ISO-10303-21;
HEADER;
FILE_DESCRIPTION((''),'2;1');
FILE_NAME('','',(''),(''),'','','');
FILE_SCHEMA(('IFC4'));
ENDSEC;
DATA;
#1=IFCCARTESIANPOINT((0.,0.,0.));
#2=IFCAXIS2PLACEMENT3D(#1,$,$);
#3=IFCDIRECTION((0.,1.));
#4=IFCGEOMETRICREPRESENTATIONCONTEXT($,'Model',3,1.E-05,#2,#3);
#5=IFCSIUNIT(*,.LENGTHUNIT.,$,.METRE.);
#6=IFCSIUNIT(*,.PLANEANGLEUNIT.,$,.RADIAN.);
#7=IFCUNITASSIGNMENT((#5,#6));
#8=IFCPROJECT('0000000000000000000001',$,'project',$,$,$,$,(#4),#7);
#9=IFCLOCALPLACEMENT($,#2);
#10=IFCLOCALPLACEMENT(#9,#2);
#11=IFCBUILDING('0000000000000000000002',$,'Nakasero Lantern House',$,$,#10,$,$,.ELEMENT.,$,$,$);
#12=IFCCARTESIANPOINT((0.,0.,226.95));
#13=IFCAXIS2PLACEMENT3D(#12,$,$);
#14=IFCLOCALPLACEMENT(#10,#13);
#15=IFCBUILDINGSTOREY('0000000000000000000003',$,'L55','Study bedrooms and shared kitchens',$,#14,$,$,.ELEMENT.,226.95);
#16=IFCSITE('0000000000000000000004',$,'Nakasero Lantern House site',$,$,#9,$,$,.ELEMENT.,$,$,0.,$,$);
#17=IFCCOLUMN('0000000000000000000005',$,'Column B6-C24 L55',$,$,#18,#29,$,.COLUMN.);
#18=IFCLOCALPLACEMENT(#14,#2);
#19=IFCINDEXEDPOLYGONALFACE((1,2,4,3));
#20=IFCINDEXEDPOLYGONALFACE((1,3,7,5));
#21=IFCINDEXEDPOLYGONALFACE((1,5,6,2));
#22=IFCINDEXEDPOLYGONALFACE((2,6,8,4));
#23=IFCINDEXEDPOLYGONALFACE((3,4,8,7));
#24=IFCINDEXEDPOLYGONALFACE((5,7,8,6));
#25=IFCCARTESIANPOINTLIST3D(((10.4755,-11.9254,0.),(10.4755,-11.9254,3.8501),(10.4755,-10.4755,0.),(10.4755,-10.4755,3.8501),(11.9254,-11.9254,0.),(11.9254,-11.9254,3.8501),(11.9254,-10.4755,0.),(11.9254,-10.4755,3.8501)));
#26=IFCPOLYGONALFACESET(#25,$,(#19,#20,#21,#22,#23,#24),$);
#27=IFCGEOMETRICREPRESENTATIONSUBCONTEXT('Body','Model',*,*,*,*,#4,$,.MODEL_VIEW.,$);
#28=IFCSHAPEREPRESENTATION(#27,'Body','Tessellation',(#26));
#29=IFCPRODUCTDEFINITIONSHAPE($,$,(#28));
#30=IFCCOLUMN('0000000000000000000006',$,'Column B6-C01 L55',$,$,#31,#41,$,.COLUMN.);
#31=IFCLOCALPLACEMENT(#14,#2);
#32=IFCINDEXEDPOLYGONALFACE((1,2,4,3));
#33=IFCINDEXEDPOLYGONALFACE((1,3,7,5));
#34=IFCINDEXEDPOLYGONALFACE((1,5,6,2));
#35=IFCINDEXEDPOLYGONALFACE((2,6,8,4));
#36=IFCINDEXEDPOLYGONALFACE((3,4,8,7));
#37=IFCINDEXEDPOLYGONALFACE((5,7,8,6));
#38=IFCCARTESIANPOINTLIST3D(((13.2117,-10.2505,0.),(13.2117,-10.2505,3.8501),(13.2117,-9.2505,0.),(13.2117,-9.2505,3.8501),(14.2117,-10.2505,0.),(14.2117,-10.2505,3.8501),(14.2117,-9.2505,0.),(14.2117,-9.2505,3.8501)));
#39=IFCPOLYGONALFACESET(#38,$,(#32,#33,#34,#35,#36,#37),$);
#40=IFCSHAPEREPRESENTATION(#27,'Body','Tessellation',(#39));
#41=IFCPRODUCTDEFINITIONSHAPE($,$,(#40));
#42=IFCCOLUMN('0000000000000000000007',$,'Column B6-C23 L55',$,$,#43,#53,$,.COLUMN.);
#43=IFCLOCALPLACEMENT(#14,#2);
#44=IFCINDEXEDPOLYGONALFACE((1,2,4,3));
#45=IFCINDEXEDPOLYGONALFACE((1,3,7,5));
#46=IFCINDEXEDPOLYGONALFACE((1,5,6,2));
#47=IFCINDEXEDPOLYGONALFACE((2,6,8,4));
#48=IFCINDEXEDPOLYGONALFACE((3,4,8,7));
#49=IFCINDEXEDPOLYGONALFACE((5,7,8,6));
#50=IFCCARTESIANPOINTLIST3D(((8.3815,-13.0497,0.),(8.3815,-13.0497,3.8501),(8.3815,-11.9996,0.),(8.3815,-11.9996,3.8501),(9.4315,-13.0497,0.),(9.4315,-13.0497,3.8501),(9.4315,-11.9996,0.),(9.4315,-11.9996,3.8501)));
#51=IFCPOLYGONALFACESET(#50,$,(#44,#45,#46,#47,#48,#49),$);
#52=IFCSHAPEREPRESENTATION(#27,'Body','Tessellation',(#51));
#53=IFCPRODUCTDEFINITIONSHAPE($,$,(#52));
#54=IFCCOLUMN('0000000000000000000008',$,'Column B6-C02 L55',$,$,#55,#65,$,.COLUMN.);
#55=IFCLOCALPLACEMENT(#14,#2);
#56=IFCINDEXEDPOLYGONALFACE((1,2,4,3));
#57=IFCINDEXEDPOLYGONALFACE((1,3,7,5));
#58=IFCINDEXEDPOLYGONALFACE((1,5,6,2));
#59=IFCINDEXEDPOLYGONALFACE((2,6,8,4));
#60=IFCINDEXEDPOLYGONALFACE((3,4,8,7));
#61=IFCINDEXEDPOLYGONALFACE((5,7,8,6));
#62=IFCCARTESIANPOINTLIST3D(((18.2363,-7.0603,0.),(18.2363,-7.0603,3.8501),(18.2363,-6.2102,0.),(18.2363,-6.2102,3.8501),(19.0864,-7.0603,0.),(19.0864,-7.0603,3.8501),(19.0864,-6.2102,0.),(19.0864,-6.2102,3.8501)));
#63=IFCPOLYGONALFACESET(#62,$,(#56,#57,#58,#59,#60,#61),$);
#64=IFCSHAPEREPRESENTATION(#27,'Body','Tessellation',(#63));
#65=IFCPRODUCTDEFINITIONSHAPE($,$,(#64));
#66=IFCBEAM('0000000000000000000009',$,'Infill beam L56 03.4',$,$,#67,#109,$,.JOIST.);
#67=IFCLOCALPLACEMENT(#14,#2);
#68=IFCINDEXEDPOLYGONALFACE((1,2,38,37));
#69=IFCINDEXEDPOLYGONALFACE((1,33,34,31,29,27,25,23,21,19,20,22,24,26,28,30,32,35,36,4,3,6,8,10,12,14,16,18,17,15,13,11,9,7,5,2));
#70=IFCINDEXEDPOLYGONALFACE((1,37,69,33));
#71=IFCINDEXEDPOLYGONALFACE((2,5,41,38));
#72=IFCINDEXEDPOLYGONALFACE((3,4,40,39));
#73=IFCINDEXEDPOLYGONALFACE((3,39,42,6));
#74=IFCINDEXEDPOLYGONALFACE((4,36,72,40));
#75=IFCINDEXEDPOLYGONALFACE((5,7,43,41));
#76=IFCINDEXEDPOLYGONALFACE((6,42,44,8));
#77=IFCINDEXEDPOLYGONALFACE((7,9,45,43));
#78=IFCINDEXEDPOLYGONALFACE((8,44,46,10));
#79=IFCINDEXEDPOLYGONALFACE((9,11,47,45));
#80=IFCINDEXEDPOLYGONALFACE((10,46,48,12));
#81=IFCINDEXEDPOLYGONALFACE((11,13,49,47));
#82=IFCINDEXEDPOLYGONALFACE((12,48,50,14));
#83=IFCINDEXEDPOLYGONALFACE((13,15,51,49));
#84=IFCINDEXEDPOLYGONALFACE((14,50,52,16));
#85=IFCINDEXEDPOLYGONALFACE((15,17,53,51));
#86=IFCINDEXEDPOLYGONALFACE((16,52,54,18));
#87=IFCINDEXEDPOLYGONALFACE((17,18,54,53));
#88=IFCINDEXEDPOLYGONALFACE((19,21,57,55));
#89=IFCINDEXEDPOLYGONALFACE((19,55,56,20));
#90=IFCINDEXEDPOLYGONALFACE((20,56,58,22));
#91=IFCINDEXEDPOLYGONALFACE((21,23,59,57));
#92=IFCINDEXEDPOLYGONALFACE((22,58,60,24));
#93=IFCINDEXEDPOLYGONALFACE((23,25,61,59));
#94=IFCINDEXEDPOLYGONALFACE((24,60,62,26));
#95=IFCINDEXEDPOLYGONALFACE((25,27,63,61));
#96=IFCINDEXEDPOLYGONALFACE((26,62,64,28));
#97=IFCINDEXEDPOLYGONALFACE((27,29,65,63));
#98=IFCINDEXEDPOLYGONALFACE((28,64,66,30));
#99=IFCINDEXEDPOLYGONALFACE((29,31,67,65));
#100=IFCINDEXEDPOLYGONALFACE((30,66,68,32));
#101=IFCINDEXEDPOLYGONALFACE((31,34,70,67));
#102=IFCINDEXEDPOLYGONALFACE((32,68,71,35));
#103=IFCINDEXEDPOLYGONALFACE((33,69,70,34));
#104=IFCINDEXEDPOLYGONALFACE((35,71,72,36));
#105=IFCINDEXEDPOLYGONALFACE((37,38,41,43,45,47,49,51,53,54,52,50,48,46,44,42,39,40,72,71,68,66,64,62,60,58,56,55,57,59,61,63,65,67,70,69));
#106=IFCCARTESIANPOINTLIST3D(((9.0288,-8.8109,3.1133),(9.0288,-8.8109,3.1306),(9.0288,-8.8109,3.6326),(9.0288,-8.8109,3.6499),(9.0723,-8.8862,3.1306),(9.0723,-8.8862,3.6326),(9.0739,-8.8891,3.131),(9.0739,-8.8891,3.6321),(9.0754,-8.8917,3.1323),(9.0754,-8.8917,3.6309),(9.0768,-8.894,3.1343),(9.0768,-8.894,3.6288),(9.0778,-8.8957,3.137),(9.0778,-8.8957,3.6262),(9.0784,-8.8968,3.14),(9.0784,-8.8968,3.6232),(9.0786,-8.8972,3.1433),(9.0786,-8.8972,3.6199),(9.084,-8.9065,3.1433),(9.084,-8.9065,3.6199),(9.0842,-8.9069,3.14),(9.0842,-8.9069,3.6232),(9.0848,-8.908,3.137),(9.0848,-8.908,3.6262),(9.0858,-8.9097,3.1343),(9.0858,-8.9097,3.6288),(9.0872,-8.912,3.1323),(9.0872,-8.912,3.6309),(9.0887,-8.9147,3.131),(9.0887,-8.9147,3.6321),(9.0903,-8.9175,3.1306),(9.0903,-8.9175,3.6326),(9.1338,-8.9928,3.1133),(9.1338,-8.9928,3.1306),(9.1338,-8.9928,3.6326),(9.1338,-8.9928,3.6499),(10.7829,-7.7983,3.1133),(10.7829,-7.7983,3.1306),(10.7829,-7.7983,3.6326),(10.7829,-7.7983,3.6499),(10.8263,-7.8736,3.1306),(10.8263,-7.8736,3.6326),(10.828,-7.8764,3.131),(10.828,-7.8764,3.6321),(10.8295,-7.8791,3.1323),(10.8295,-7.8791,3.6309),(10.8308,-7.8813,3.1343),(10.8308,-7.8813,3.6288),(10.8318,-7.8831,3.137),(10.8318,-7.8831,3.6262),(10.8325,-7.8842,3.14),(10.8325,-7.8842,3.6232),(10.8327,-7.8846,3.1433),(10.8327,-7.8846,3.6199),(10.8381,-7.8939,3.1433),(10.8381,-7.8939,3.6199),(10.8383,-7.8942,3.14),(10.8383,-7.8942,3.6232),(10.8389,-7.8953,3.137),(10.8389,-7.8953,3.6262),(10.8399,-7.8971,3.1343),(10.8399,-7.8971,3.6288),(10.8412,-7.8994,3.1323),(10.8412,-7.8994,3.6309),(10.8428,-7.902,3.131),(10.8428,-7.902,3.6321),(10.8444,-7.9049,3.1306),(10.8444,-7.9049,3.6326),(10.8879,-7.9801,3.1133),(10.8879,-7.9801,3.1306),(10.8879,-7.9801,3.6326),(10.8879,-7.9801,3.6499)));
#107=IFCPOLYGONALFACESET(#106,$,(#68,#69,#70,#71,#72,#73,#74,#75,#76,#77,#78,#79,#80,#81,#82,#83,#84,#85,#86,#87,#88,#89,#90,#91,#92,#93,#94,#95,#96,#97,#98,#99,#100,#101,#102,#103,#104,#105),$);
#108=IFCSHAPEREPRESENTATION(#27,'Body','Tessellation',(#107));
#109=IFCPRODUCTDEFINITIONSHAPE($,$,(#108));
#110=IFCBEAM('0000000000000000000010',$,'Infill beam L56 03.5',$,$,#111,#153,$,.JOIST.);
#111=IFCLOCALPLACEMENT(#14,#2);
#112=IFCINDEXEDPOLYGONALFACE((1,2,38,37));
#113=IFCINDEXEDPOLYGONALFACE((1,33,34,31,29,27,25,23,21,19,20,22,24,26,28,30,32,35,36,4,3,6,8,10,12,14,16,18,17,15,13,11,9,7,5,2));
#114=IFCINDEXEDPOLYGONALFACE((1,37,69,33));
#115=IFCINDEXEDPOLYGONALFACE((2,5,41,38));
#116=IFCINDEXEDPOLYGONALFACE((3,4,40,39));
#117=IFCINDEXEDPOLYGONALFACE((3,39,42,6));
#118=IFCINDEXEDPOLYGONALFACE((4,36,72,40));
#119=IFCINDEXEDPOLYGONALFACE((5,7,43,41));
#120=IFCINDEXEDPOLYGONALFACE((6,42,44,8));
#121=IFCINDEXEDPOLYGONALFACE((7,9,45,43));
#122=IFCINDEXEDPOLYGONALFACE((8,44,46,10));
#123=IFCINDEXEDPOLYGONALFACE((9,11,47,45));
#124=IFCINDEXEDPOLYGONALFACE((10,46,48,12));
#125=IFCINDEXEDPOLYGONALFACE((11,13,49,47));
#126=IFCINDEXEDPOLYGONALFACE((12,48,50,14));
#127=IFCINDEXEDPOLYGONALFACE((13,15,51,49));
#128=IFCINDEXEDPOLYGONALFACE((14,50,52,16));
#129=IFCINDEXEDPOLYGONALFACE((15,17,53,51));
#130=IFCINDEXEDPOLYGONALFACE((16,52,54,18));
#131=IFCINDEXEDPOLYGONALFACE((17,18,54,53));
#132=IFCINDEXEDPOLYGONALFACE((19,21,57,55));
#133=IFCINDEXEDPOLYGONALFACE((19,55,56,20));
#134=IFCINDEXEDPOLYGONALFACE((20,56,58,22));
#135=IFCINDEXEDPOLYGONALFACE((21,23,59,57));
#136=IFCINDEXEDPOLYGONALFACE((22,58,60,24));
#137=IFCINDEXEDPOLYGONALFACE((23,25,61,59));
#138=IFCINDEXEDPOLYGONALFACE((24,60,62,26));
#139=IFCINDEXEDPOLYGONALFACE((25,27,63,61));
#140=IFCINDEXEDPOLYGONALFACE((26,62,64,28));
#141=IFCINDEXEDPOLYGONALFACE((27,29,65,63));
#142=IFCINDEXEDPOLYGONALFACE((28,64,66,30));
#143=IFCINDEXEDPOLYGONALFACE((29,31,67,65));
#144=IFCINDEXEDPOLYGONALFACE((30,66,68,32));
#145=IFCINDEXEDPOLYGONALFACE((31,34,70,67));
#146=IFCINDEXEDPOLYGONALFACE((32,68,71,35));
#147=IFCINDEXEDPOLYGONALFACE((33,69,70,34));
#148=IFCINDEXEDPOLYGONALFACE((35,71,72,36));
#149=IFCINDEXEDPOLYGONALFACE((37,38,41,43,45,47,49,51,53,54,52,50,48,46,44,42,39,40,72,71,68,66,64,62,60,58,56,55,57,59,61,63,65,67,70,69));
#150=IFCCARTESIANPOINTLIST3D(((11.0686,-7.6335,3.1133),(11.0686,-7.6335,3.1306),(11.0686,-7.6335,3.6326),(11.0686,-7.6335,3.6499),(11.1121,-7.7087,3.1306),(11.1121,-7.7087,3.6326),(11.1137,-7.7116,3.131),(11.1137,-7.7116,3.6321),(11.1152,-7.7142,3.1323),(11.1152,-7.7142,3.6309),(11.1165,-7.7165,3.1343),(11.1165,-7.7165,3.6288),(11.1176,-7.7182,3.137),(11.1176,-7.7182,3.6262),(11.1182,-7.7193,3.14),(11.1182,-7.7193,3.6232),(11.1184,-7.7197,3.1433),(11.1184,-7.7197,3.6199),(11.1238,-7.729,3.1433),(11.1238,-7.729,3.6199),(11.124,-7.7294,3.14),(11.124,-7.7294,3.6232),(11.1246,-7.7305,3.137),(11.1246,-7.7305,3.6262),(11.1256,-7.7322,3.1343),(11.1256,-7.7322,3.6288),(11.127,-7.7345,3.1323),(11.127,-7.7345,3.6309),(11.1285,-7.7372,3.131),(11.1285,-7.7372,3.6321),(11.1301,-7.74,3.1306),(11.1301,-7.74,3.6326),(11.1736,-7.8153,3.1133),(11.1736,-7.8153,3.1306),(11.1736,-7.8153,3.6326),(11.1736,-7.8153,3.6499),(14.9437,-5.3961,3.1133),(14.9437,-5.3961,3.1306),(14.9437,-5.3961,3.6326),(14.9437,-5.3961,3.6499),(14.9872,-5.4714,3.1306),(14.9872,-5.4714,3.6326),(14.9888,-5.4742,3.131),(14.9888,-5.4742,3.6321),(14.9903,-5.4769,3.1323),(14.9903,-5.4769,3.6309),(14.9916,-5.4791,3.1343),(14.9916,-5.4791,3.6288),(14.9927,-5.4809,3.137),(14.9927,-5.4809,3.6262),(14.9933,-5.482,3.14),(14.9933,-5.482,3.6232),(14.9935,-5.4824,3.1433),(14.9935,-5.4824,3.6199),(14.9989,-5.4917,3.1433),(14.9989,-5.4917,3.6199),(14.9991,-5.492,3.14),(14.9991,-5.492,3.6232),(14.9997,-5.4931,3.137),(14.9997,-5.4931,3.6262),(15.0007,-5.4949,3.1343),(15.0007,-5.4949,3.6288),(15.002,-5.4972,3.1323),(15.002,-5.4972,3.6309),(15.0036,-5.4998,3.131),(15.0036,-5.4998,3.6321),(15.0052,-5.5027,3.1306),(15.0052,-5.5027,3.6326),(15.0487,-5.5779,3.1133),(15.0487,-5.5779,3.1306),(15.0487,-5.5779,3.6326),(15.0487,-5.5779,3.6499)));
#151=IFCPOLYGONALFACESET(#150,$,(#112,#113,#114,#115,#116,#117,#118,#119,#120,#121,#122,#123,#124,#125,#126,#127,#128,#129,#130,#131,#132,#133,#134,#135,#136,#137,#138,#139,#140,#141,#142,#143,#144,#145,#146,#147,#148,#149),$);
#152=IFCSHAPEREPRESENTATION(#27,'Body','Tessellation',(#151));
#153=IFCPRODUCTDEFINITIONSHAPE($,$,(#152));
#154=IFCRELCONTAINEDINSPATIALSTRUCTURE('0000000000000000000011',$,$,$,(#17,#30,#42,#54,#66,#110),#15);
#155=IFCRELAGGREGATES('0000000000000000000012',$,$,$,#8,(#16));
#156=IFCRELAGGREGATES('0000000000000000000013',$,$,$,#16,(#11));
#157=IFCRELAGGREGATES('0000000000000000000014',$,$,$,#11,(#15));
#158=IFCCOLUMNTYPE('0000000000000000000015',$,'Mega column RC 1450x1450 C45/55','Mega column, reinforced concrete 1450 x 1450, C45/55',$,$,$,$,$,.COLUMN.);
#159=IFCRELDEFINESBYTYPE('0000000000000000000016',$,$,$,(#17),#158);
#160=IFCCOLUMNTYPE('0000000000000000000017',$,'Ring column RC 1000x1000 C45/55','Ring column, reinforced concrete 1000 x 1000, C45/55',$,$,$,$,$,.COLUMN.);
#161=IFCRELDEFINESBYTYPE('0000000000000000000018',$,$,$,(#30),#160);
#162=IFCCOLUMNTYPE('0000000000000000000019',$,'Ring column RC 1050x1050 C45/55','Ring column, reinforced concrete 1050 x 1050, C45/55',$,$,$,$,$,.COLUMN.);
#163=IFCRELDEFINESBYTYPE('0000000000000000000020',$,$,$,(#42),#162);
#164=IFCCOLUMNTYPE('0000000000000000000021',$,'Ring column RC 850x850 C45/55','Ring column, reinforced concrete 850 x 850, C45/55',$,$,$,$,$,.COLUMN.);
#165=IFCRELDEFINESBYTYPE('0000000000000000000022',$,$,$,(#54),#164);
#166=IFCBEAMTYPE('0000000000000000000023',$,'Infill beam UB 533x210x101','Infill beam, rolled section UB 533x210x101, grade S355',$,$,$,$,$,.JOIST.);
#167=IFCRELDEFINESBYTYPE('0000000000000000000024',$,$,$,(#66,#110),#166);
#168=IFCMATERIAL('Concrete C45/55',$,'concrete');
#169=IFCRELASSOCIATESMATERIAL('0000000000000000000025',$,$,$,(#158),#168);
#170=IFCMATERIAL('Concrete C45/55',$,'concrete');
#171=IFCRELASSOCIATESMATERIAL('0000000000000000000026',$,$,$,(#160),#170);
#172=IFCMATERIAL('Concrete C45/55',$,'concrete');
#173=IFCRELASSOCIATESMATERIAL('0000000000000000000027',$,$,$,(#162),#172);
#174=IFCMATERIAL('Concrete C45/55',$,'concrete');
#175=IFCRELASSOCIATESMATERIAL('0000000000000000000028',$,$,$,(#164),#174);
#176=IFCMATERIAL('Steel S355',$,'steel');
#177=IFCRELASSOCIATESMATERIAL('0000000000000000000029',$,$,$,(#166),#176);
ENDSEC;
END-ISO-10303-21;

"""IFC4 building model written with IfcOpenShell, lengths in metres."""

from ifc_helpers import new_model, si_unit, direction, frame, origin, origin_2d, place, context, subcontext, project, spatial, rectangle, i_section, extrude, material, material_profile, profile_set, type_object, element, save


model = new_model("IFC4")

# Units and contexts
model_context = context("Model", 3, precision=1e-05, world=origin(), true_north=direction((0.0, 1.0)))
body_context = subcontext(model_context, "Body", "Model", "MODEL_VIEW")
ifc_project = project(units=[si_unit("LENGTHUNIT", "METRE"), si_unit("PLANEANGLEUNIT", "RADIAN")], contexts=[model_context])

# Site, building, storey
site_placement = place(None, origin())
site = spatial("IfcSite", under=ifc_project, at=site_placement, Name="Nakasero Lantern House site", CompositionType="ELEMENT", RefElevation=0.0)
building_placement = place(site_placement, origin())
building = spatial("IfcBuilding", under=site, at=building_placement, Name="Nakasero Lantern House", CompositionType="ELEMENT")
storey_placement = place(building_placement, frame((0.0, 0.0, 226.95)))
storey = spatial("IfcBuildingStorey", under=building, at=storey_placement, Name="L55", Description="Study bedrooms and shared kitchens", CompositionType="ELEMENT", Elevation=226.95)

# Columns
ifc_material_1 = material(Name="Concrete C45/55", Category="concrete")
ifc_material_profile_1 = material_profile(ifc_material_1, rectangle(XDim=1.45, YDim=1.45, at=origin_2d()), Name="RC 1450x1450")
ifc_profile_set_1 = profile_set([ifc_material_profile_1], Name="Concrete C45/55")
column_type_1 = type_object("IfcColumnType", Name="Mega column RC 1450x1450 C45/55", Description="Mega column, reinforced concrete 1450 x 1450, C45/55", PredefinedType="COLUMN", material=ifc_profile_set_1)
column_1_placement = place(storey_placement, frame((11.2004, -11.2004, 0.0), z_axis=(0.0, 0.0, 1.0), x_axis=(1.0, 0.0, 0.0)))
element("IfcColumn", 1, at=column_1_placement, inside=storey, type_object=column_type_1, Name="Column B6-C24 L55", PredefinedType="COLUMN", context=body_context, shape_type="SweptSolid", body=[
    extrude(rectangle(XDim=1.45, YDim=1.45, at=origin_2d()), origin(), (0.0, 0.0, 1.0), 3.8501),
])
ifc_material_2 = material(Name="Concrete C45/55", Category="concrete")
ifc_material_profile_2 = material_profile(ifc_material_2, rectangle(XDim=1.0, YDim=1.0, at=origin_2d()), Name="RC 1000x1000")
ifc_profile_set_2 = profile_set([ifc_material_profile_2], Name="Concrete C45/55")
column_type_2 = type_object("IfcColumnType", Name="Ring column RC 1000x1000 C45/55", Description="Ring column, reinforced concrete 1000 x 1000, C45/55", PredefinedType="COLUMN", material=ifc_profile_set_2)
column_2_placement = place(storey_placement, frame((13.7117, -9.7505, 0.0), z_axis=(0.0, 0.0, 1.0), x_axis=(1.0, 0.0, 0.0)))
element("IfcColumn", 2, at=column_2_placement, inside=storey, type_object=column_type_2, Name="Column B6-C01 L55", PredefinedType="COLUMN", context=body_context, shape_type="SweptSolid", body=[
    extrude(rectangle(XDim=1.0, YDim=1.0, at=origin_2d()), origin(), (0.0, 0.0, 1.0), 3.8501),
])
ifc_material_3 = material(Name="Concrete C45/55", Category="concrete")
ifc_material_profile_3 = material_profile(ifc_material_3, rectangle(XDim=1.05, YDim=1.05, at=origin_2d()), Name="RC 1050x1050")
ifc_profile_set_3 = profile_set([ifc_material_profile_3], Name="Concrete C45/55")
column_type_3 = type_object("IfcColumnType", Name="Ring column RC 1050x1050 C45/55", Description="Ring column, reinforced concrete 1050 x 1050, C45/55", PredefinedType="COLUMN", material=ifc_profile_set_3)
column_3_placement = place(storey_placement, frame((8.9065, -12.5247, 0.0), z_axis=(0.0, 0.0, 1.0), x_axis=(1.0, 0.0, 0.0)))
element("IfcColumn", 3, at=column_3_placement, inside=storey, type_object=column_type_3, Name="Column B6-C23 L55", PredefinedType="COLUMN", context=body_context, shape_type="SweptSolid", body=[
    extrude(rectangle(XDim=1.05, YDim=1.05, at=origin_2d()), origin(), (0.0, 0.0, 1.0), 3.8501),
])
ifc_material_4 = material(Name="Concrete C45/55", Category="concrete")
ifc_material_profile_4 = material_profile(ifc_material_4, rectangle(XDim=0.8501, YDim=0.8501, at=origin_2d()), Name="RC 850x850")
ifc_profile_set_4 = profile_set([ifc_material_profile_4], Name="Concrete C45/55")
column_type_4 = type_object("IfcColumnType", Name="Ring column RC 850x850 C45/55", Description="Ring column, reinforced concrete 850 x 850, C45/55", PredefinedType="COLUMN", material=ifc_profile_set_4)
column_4_placement = place(storey_placement, frame((18.6614, -6.6353, 0.0), z_axis=(0.0, 0.0, 1.0), x_axis=(1.0, 0.0, 0.0)))
element("IfcColumn", 4, at=column_4_placement, inside=storey, type_object=column_type_4, Name="Column B6-C02 L55", PredefinedType="COLUMN", context=body_context, shape_type="SweptSolid", body=[
    extrude(rectangle(XDim=0.8501, YDim=0.8501, at=origin_2d()), origin(), (0.0, 0.0, 1.0), 3.8501),
])

# Beams
ifc_material_5 = material(Name="Steel S355", Category="steel")
ifc_material_profile_5 = material_profile(ifc_material_5, i_section(OverallWidth=0.21, OverallDepth=0.5366, WebThickness=0.0107, FlangeThickness=0.0173, FilletRadius=0.0127, at=origin_2d()), Name="UB 533x210x101")
ifc_profile_set_5 = profile_set([ifc_material_profile_5], Name="Steel S355")
beam_type_1 = type_object("IfcBeamType", Name="Infill beam UB 533x210x101", Description="Infill beam, rolled section UB 533x210x101, grade S355", PredefinedType="JOIST", material=ifc_profile_set_5)
beam_1_placement = place(storey_placement, frame((9.0813, -8.9019, 3.3816), z_axis=(0.866039, 0.499976, 0.0), x_axis=(-0.499976, 0.866039, 0.0)))
element("IfcBeam", 5, at=beam_1_placement, inside=storey, type_object=beam_type_1, Name="Infill beam L56 03.4", PredefinedType="JOIST", context=body_context, shape_type="SweptSolid", body=[
    extrude(i_section(OverallWidth=0.21, OverallDepth=0.5366, WebThickness=0.0107, FlangeThickness=0.0173, FilletRadius=0.0127, at=origin_2d()), origin(), (0.0, 0.0, 1.0), 2.0254),
])
beam_2_placement = place(storey_placement, frame((11.1211, -7.7244, 3.3816), z_axis=(0.866018, 0.500012, 0.0), x_axis=(-0.500012, 0.866018, 0.0)))
element("IfcBeam", 6, at=beam_2_placement, inside=storey, type_object=beam_type_1, Name="Infill beam L56 03.5", PredefinedType="JOIST", context=body_context, shape_type="SweptSolid", body=[
    extrude(i_section(OverallWidth=0.21, OverallDepth=0.5366, WebThickness=0.0107, FlangeThickness=0.0173, FilletRadius=0.0127, at=origin_2d()), origin(), (0.0, 0.0, 1.0), 4.4746),
])

save(model, "model.ifc")
